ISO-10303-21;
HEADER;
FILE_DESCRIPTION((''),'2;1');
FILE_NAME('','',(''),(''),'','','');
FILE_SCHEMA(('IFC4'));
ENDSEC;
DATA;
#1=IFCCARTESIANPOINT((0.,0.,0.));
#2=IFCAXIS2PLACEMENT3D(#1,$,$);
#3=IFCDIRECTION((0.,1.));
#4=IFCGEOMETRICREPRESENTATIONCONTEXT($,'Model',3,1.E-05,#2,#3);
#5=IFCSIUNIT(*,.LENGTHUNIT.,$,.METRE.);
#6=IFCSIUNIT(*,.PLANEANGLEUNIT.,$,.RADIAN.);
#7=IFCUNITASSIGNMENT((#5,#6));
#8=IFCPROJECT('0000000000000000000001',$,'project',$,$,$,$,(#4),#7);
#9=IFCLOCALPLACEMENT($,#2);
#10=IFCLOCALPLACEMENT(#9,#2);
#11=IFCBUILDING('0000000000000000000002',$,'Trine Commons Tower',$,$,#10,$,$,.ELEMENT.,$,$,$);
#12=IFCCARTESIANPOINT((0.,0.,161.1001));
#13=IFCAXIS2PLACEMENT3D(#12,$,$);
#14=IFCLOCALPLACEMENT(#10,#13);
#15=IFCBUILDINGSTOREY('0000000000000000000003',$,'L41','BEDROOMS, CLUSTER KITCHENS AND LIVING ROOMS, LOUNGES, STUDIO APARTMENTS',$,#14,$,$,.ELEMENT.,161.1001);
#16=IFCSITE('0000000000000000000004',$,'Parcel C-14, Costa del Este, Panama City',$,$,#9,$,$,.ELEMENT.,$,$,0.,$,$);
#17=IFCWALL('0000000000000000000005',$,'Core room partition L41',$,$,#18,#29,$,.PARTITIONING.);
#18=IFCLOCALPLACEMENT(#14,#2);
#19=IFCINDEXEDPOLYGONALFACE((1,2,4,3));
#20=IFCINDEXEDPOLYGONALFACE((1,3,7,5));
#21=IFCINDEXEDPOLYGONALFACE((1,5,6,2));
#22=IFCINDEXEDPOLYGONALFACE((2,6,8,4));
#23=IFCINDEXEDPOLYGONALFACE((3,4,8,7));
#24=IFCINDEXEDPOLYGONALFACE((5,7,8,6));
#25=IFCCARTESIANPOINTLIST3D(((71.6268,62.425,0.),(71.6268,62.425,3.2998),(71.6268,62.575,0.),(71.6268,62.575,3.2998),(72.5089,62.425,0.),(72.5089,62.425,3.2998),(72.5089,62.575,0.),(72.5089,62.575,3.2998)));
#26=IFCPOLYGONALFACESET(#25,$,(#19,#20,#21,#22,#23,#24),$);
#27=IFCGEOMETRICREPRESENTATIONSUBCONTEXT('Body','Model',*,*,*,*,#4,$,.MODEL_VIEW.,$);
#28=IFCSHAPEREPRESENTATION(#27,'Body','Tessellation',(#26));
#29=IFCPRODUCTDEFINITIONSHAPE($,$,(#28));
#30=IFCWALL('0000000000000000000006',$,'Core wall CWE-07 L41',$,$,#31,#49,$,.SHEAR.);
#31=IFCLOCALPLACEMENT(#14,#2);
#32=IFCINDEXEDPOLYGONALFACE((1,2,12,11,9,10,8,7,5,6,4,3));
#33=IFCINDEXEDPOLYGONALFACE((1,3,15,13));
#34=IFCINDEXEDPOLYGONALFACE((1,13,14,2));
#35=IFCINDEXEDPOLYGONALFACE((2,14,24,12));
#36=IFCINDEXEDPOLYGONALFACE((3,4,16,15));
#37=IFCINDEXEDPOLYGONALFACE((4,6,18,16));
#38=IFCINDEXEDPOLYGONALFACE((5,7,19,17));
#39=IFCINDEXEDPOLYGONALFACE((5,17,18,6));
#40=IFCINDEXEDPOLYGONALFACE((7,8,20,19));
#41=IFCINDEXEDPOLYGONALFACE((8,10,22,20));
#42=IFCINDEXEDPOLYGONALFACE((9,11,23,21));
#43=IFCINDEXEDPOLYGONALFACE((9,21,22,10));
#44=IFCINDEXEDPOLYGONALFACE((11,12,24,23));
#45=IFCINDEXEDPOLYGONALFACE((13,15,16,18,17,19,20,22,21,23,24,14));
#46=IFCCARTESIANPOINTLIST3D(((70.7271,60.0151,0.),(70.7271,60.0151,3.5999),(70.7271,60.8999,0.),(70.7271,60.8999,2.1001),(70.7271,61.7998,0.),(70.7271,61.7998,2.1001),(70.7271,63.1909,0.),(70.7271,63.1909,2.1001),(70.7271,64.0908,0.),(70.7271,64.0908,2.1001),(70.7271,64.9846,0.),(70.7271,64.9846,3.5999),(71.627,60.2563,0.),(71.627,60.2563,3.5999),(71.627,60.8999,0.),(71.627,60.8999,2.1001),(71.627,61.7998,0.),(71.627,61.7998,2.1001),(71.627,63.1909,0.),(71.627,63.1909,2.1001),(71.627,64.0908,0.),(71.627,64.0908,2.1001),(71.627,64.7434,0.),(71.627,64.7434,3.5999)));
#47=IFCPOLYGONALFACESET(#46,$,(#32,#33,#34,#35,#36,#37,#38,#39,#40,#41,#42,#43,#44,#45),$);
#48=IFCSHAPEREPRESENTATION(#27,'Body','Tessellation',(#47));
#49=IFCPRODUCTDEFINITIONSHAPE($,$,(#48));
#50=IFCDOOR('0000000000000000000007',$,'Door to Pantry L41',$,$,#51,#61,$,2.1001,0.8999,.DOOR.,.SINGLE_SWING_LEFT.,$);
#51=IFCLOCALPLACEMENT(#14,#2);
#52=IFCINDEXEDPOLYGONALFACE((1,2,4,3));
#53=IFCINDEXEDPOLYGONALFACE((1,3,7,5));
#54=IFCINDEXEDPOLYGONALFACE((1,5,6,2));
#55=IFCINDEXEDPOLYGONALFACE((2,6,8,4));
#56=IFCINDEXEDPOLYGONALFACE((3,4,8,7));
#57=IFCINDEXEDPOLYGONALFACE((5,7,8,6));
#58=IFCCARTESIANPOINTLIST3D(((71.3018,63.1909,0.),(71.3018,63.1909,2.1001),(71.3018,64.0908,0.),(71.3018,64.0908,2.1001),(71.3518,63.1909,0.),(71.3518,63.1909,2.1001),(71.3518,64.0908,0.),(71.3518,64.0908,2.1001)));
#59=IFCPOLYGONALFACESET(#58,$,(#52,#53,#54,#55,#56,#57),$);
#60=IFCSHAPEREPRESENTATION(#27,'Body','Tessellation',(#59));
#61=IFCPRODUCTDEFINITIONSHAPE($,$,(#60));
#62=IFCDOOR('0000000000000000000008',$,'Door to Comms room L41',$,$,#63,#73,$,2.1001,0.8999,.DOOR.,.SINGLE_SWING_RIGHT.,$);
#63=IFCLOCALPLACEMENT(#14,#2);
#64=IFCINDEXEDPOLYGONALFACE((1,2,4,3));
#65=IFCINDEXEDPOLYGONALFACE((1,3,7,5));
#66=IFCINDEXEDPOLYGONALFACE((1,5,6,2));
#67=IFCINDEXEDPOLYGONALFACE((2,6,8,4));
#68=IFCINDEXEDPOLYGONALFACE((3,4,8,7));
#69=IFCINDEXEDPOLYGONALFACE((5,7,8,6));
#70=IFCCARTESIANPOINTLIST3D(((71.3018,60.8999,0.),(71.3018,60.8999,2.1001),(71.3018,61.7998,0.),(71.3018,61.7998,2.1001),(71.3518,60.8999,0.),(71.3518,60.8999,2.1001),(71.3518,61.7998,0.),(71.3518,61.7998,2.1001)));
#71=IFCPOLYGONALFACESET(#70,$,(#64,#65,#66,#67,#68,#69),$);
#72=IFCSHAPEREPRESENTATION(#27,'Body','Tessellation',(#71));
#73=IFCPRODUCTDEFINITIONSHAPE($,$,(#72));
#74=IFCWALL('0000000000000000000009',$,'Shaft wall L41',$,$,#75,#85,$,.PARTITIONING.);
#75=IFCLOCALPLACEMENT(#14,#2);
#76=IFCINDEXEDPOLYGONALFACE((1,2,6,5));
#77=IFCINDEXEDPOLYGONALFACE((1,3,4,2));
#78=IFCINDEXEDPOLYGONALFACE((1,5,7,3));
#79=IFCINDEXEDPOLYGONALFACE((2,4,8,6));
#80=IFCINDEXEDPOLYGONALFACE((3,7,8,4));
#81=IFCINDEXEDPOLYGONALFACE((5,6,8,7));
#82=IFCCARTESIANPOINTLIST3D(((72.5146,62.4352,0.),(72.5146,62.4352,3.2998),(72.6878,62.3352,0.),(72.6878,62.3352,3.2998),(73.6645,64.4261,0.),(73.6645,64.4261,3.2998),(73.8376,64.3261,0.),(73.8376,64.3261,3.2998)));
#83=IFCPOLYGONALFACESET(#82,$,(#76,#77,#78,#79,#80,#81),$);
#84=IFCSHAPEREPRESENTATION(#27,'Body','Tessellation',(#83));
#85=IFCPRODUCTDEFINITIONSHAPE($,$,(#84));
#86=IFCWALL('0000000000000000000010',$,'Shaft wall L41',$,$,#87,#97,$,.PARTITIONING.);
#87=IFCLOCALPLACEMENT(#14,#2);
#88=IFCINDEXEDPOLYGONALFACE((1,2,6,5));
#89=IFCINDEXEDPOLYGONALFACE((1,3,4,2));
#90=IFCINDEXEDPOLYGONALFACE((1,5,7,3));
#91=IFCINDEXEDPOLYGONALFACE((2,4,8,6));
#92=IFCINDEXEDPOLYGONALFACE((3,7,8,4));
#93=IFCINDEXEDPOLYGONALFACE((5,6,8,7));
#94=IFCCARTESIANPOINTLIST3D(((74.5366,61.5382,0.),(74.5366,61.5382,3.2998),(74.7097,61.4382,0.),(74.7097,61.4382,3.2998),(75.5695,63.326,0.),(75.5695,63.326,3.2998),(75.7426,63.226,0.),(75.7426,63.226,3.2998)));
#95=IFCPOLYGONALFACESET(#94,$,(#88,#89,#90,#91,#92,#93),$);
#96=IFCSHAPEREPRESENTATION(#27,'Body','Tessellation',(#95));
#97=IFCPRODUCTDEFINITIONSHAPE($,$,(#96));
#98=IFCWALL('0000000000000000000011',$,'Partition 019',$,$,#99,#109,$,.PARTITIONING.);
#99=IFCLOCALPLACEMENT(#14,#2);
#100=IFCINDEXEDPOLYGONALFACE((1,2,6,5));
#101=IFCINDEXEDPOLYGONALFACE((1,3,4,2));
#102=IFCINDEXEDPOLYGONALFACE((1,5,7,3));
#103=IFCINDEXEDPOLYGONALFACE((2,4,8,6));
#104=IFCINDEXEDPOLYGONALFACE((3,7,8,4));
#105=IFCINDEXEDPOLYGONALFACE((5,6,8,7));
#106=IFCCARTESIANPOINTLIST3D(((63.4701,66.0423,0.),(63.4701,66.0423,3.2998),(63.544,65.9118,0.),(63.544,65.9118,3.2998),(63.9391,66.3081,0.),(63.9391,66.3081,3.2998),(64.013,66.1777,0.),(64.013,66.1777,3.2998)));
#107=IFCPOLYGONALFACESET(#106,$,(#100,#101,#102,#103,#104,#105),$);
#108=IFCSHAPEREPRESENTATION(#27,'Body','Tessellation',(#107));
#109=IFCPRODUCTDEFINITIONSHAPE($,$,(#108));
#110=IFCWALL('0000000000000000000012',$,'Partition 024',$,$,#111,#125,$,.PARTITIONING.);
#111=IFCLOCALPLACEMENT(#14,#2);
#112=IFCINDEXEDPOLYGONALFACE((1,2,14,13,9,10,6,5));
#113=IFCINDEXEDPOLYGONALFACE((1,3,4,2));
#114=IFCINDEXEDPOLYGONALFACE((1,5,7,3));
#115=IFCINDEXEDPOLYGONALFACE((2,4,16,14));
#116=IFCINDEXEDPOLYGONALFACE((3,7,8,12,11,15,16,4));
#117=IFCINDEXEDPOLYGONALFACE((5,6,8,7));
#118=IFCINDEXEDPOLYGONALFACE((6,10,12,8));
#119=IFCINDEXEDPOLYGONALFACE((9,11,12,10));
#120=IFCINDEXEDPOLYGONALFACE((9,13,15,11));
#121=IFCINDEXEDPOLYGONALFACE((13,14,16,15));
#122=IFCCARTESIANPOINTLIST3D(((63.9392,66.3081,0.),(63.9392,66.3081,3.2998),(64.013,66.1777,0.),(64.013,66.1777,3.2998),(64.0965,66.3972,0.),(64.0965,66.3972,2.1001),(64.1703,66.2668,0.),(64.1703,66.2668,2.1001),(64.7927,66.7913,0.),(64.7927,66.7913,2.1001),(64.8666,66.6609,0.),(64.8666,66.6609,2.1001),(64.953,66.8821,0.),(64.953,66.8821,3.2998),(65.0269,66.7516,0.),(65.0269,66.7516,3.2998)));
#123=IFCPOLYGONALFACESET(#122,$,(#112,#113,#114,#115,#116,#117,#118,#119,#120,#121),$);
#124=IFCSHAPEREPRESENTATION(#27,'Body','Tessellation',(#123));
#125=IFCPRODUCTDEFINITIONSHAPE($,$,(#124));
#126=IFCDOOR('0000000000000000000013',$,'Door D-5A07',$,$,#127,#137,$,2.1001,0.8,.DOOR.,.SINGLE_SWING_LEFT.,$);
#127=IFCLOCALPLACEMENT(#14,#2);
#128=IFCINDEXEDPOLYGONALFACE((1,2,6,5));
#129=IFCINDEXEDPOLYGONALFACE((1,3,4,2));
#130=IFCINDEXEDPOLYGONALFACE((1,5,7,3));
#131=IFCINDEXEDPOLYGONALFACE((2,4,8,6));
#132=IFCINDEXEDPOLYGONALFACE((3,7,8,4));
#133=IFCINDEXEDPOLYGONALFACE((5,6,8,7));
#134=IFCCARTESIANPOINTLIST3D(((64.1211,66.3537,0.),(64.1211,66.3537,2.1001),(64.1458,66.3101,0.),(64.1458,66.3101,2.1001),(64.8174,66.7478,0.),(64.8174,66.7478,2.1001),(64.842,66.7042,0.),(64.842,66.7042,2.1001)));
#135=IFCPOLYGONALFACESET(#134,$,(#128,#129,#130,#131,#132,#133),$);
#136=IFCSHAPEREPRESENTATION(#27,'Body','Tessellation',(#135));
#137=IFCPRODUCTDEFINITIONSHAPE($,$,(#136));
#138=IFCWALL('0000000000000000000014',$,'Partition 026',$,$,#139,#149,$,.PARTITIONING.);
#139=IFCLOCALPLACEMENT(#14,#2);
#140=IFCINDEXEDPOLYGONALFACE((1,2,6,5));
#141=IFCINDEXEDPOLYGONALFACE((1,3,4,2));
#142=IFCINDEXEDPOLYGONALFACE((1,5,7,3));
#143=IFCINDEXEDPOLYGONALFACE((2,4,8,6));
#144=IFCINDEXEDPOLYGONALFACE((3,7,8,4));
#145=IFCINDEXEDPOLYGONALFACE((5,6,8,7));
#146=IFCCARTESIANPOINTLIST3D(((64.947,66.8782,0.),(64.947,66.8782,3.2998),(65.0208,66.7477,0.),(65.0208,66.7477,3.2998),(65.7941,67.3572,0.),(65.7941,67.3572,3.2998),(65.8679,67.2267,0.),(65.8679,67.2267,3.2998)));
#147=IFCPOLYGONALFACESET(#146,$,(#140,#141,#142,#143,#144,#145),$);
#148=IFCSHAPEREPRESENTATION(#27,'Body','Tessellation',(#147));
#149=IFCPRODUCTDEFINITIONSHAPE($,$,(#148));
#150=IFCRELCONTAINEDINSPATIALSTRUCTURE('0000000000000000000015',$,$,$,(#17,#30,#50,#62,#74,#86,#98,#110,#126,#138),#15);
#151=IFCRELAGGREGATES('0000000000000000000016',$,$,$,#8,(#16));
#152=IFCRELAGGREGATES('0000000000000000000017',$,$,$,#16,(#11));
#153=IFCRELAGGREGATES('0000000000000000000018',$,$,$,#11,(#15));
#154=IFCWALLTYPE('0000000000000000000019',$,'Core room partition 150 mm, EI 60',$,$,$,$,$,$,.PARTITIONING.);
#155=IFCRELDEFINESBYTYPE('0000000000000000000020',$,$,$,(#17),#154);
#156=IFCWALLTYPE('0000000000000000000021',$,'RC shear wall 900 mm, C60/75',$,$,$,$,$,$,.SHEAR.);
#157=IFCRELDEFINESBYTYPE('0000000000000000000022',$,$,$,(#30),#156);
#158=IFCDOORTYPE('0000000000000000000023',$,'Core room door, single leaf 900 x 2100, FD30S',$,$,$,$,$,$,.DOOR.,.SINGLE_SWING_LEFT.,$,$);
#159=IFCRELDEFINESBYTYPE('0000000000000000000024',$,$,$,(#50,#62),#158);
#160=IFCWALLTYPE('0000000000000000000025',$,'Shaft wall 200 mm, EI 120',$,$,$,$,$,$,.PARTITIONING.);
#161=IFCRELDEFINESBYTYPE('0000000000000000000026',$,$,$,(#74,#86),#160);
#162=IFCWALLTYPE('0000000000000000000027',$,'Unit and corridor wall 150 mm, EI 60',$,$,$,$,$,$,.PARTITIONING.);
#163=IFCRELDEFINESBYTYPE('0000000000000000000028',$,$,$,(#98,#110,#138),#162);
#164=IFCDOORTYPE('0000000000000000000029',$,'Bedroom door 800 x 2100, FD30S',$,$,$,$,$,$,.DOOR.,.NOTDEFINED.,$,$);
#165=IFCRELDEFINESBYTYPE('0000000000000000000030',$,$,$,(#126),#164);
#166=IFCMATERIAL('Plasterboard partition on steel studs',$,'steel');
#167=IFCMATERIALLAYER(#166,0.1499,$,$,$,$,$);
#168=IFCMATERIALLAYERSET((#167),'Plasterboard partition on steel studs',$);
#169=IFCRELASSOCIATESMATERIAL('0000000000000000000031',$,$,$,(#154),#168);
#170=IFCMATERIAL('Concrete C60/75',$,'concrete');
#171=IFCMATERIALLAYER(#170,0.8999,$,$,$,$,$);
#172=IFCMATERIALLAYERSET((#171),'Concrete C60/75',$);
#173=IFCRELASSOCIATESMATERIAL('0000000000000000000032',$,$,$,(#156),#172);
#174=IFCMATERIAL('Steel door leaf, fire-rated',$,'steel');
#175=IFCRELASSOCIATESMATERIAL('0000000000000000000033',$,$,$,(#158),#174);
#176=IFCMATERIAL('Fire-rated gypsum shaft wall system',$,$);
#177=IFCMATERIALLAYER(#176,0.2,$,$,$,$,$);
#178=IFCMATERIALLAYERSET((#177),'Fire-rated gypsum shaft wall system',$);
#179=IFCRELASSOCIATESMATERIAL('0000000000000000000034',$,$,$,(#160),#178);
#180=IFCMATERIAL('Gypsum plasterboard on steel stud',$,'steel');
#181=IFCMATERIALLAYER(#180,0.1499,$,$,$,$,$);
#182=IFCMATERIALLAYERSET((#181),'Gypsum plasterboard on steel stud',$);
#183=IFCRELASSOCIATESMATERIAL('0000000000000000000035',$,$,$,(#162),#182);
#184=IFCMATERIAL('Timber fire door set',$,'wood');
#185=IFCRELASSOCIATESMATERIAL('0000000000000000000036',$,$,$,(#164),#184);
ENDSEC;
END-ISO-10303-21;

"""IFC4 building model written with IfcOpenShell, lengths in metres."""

from ifc_helpers import new_model, si_unit, direction, frame, frame_2d, origin, place, context, subcontext, project, spatial, polyline, rectangle, outline, extrude, material, layer, layer_set, type_object, element, fill, save


model = new_model("IFC4")

# Units and contexts
model_context = context("Model", 3, precision=1e-05, world=origin(), true_north=direction((0.0, 1.0)))
body_context = subcontext(model_context, "Body", "Model", "MODEL_VIEW")
ifc_project = project(units=[si_unit("LENGTHUNIT", "METRE"), si_unit("PLANEANGLEUNIT", "RADIAN")], contexts=[model_context])

# Site, building, storey
site_placement = place(None, origin())
site = spatial("IfcSite", under=ifc_project, at=site_placement, Name="Parcel C-14, Costa del Este, Panama City", CompositionType="ELEMENT", RefElevation=0.0)
building_placement = place(site_placement, origin())
building = spatial("IfcBuilding", under=site, at=building_placement, Name="Trine Commons Tower", CompositionType="ELEMENT")
storey_placement = place(building_placement, frame((0.0, 0.0, 161.1001)))
storey = spatial("IfcBuildingStorey", under=building, at=storey_placement, Name="L41", Description="BEDROOMS, CLUSTER KITCHENS AND LIVING ROOMS, LOUNGES, STUDIO APARTMENTS", CompositionType="ELEMENT", Elevation=161.1001)

# Wall
ifc_material_1 = material(Name="Plasterboard partition on steel studs", Category="steel")
ifc_layer_1 = layer(ifc_material_1, 0.1499)
ifc_layer_set_1 = layer_set([ifc_layer_1], Name="Plasterboard partition on steel studs")
wall_type_1 = type_object("IfcWallType", Name="Core room partition 150 mm, EI 60", PredefinedType="PARTITIONING", material=ifc_layer_set_1)
wall_1_placement = place(storey_placement, frame((71.627, 62.5, 0.0), z_axis=(0.0, 0.0, 1.0), x_axis=(1.0, 0.0, 0.0)))
element("IfcWall", 1, at=wall_1_placement, inside=storey, type_object=wall_type_1, Name="Core room partition L41", PredefinedType="PARTITIONING", context=body_context, shape_type="SweptSolid", body=[
    extrude(rectangle(XDim=0.8821, YDim=0.1499, at=frame_2d((0.4409, 0.0))), origin(), (0.0, 0.0, 1.0), 3.2998),
])

# Wall, openings, doors
ifc_material_2 = material(Name="Concrete C60/75", Category="concrete")
ifc_layer_2 = layer(ifc_material_2, 0.8999)
ifc_layer_set_2 = layer_set([ifc_layer_2], Name="Concrete C60/75")
wall_type_2 = type_object("IfcWallType", Name="RC shear wall 900 mm, C60/75", PredefinedType="SHEAR", material=ifc_layer_set_2)
wall_2_placement = place(storey_placement, frame((71.177, 64.9846, 0.0), z_axis=(0.0, 0.0, 1.0), x_axis=(0.0, -1.0, 0.0)))
wall_2 = element("IfcWall", 2, at=wall_2_placement, inside=storey, type_object=wall_type_2, Name="Core wall CWE-07 L41", PredefinedType="SHEAR", context=body_context, shape_type="SweptSolid", body=[
    extrude(outline(polyline([(0.0, -0.45), (4.9695, -0.45), (4.7283, 0.45), (0.2412, 0.45), (0.0, -0.45)])), origin(), (0.0, 0.0, 1.0), 3.5999),
])
opening_1_placement = place(wall_2_placement, frame((0.8938, 0.0, 0.0)))
opening_1 = element("IfcOpeningElement", 3, at=opening_1_placement, cuts=wall_2, PredefinedType="OPENING", context=body_context, shape_type="SweptSolid", body=[
    extrude(rectangle(XDim=0.8999, YDim=2.1001, at=frame_2d((0.45, 1.05))), frame((0.0, 0.46, 0.0), z_axis=(0.0, -1.0, 0.0), x_axis=(1.0, 0.0, 0.0)), (0.0, 0.0, 1.0), 0.9199),
])
opening_2_placement = place(wall_2_placement, frame((3.1848, 0.0, 0.0)))
opening_2 = element("IfcOpeningElement", 4, at=opening_2_placement, cuts=wall_2, PredefinedType="OPENING", context=body_context, shape_type="SweptSolid", body=[
    extrude(rectangle(XDim=0.8999, YDim=2.1001, at=frame_2d((0.45, 1.05))), frame((0.0, 0.46, 0.0), z_axis=(0.0, -1.0, 0.0), x_axis=(1.0, 0.0, 0.0)), (0.0, 0.0, 1.0), 0.9199),
])
ifc_material_3 = material(Name="Steel door leaf, fire-rated", Category="steel")
door_type_1 = type_object("IfcDoorType", Name="Core room door, single leaf 900 x 2100, FD30S", OperationType="SINGLE_SWING_LEFT", PredefinedType="DOOR", material=ifc_material_3)
door_1_placement = place(opening_1_placement, origin())
door_1 = element("IfcDoor", 5, at=door_1_placement, inside=storey, type_object=door_type_1, Name="Door to Pantry L41", OperationType="SINGLE_SWING_LEFT", OverallHeight=2.1001, OverallWidth=0.8999, PredefinedType="DOOR", context=body_context, shape_type="SweptSolid", body=[
    extrude(rectangle(XDim=0.8999, YDim=2.1001, at=frame_2d((0.45, 1.05))), frame((0.0, 0.1748, 0.0), z_axis=(0.0, -1.0, 0.0), x_axis=(1.0, 0.0, 0.0)), (0.0, 0.0, 1.0), 0.05),
])
fill(opening_1, door_1)
door_2_placement = place(opening_2_placement, origin())
door_2 = element("IfcDoor", 6, at=door_2_placement, inside=storey, type_object=door_type_1, Name="Door to Comms room L41", OperationType="SINGLE_SWING_RIGHT", OverallHeight=2.1001, OverallWidth=0.8999, PredefinedType="DOOR", context=body_context, shape_type="SweptSolid", body=[
    extrude(rectangle(XDim=0.8999, YDim=2.1001, at=frame_2d((0.45, 1.05))), frame((0.0, 0.1748, 0.0), z_axis=(0.0, -1.0, 0.0), x_axis=(1.0, 0.0, 0.0)), (0.0, 0.0, 1.0), 0.05),
])
fill(opening_2, door_2)

# Walls
ifc_material_4 = material(Name="Fire-rated gypsum shaft wall system")
ifc_layer_3 = layer(ifc_material_4, 0.2)
ifc_layer_set_3 = layer_set([ifc_layer_3], Name="Fire-rated gypsum shaft wall system")
wall_type_3 = type_object("IfcWallType", Name="Shaft wall 200 mm, EI 120", PredefinedType="PARTITIONING", material=ifc_layer_set_3)
wall_3_placement = place(storey_placement, frame((73.751, 64.376, 0.0), z_axis=(0.0, 0.0, 1.0), x_axis=(-0.500136, -0.865947, 0.0)))
element("IfcWall", 7, at=wall_3_placement, inside=storey, type_object=wall_type_3, Name="Shaft wall L41", PredefinedType="PARTITIONING", context=body_context, shape_type="SweptSolid", body=[
    extrude(rectangle(XDim=2.2991, YDim=0.2, at=frame_2d((1.1494, 0.0))), origin(), (0.0, 0.0, 1.0), 3.2998),
])
wall_4_placement = place(storey_placement, frame((75.656, 63.2759, 0.0), z_axis=(0.0, 0.0, 1.0), x_axis=(-0.500272, -0.865868, 0.0)))
element("IfcWall", 8, at=wall_4_placement, inside=storey, type_object=wall_type_3, Name="Shaft wall L41", PredefinedType="PARTITIONING", context=body_context, shape_type="SweptSolid", body=[
    extrude(rectangle(XDim=2.0647, YDim=0.2, at=frame_2d((1.0322, 0.0))), origin(), (0.0, 0.0, 1.0), 3.2998),
])
ifc_material_5 = material(Name="Gypsum plasterboard on steel stud", Category="steel")
ifc_layer_4 = layer(ifc_material_5, 0.1499)
ifc_layer_set_4 = layer_set([ifc_layer_4], Name="Gypsum plasterboard on steel stud")
wall_type_4 = type_object("IfcWallType", Name="Unit and corridor wall 150 mm, EI 60", PredefinedType="PARTITIONING", material=ifc_layer_set_4)
wall_5_placement = place(storey_placement, frame((63.5071, 65.9771, 0.0), z_axis=(0.0, 0.0, 1.0), x_axis=(0.869938, 0.493161, 0.0)))
element("IfcWall", 9, at=wall_5_placement, inside=storey, type_object=wall_type_4, Name="Partition 019", PredefinedType="PARTITIONING", context=body_context, shape_type="SweptSolid", body=[
    extrude(rectangle(XDim=0.5391, YDim=0.1499, at=frame_2d((0.2695, 0.0))), origin(), (0.0, 0.0, 1.0), 3.2998),
])

# Wall, opening, door
wall_6_placement = place(storey_placement, frame((63.9761, 66.2429, 0.0), z_axis=(0.0, 0.0, 1.0), x_axis=(0.870235, 0.492637, 0.0)))
wall_6 = element("IfcWall", 10, at=wall_6_placement, inside=storey, type_object=wall_type_4, Name="Partition 024", PredefinedType="PARTITIONING", context=body_context, shape_type="SweptSolid", body=[
    extrude(rectangle(XDim=1.165, YDim=0.1499, at=frame_2d((0.5825, 0.0))), origin(), (0.0, 0.0, 1.0), 3.2998),
])
opening_3_placement = place(wall_6_placement, frame((0.1809, 0.0, 0.0)))
opening_3 = element("IfcOpeningElement", 11, at=opening_3_placement, cuts=wall_6, PredefinedType="OPENING", context=body_context, shape_type="SweptSolid", body=[
    extrude(rectangle(XDim=0.8, YDim=2.1001, at=frame_2d((0.3999, 1.05))), frame((0.0, 0.085, 0.0), z_axis=(0.0, -1.0, 0.0), x_axis=(1.0, 0.0, 0.0)), (0.0, 0.0, 1.0), 0.1699),
])
ifc_material_6 = material(Name="Timber fire door set", Category="wood")
door_type_2 = type_object("IfcDoorType", Name="Bedroom door 800 x 2100, FD30S", OperationType="NOTDEFINED", PredefinedType="DOOR", material=ifc_material_6)
door_3_placement = place(opening_3_placement, origin())
door_3 = element("IfcDoor", 12, at=door_3_placement, inside=storey, type_object=door_type_2, Name="Door D-5A07", OperationType="SINGLE_SWING_LEFT", OverallHeight=2.1001, OverallWidth=0.8, PredefinedType="DOOR", context=body_context, shape_type="SweptSolid", body=[
    extrude(rectangle(XDim=0.8, YDim=2.1001, at=frame_2d((0.3999, 1.05))), frame((0.0, 0.0249, 0.0), z_axis=(0.0, -1.0, 0.0), x_axis=(1.0, 0.0, 0.0)), (0.0, 0.0, 1.0), 0.05),
])
fill(opening_3, door_3)

# Wall
wall_7_placement = place(storey_placement, frame((64.9839, 66.813, 0.0), z_axis=(0.0, 0.0, 1.0), x_axis=(0.870488, 0.49219, 0.0)))
element("IfcWall", 13, at=wall_7_placement, inside=storey, type_object=wall_type_4, Name="Partition 026", PredefinedType="PARTITIONING", context=body_context, shape_type="SweptSolid", body=[
    extrude(rectangle(XDim=0.9731, YDim=0.1499, at=frame_2d((0.4866, 0.0))), origin(), (0.0, 0.0, 1.0), 3.2998),
])

save(model, "model.ifc")
